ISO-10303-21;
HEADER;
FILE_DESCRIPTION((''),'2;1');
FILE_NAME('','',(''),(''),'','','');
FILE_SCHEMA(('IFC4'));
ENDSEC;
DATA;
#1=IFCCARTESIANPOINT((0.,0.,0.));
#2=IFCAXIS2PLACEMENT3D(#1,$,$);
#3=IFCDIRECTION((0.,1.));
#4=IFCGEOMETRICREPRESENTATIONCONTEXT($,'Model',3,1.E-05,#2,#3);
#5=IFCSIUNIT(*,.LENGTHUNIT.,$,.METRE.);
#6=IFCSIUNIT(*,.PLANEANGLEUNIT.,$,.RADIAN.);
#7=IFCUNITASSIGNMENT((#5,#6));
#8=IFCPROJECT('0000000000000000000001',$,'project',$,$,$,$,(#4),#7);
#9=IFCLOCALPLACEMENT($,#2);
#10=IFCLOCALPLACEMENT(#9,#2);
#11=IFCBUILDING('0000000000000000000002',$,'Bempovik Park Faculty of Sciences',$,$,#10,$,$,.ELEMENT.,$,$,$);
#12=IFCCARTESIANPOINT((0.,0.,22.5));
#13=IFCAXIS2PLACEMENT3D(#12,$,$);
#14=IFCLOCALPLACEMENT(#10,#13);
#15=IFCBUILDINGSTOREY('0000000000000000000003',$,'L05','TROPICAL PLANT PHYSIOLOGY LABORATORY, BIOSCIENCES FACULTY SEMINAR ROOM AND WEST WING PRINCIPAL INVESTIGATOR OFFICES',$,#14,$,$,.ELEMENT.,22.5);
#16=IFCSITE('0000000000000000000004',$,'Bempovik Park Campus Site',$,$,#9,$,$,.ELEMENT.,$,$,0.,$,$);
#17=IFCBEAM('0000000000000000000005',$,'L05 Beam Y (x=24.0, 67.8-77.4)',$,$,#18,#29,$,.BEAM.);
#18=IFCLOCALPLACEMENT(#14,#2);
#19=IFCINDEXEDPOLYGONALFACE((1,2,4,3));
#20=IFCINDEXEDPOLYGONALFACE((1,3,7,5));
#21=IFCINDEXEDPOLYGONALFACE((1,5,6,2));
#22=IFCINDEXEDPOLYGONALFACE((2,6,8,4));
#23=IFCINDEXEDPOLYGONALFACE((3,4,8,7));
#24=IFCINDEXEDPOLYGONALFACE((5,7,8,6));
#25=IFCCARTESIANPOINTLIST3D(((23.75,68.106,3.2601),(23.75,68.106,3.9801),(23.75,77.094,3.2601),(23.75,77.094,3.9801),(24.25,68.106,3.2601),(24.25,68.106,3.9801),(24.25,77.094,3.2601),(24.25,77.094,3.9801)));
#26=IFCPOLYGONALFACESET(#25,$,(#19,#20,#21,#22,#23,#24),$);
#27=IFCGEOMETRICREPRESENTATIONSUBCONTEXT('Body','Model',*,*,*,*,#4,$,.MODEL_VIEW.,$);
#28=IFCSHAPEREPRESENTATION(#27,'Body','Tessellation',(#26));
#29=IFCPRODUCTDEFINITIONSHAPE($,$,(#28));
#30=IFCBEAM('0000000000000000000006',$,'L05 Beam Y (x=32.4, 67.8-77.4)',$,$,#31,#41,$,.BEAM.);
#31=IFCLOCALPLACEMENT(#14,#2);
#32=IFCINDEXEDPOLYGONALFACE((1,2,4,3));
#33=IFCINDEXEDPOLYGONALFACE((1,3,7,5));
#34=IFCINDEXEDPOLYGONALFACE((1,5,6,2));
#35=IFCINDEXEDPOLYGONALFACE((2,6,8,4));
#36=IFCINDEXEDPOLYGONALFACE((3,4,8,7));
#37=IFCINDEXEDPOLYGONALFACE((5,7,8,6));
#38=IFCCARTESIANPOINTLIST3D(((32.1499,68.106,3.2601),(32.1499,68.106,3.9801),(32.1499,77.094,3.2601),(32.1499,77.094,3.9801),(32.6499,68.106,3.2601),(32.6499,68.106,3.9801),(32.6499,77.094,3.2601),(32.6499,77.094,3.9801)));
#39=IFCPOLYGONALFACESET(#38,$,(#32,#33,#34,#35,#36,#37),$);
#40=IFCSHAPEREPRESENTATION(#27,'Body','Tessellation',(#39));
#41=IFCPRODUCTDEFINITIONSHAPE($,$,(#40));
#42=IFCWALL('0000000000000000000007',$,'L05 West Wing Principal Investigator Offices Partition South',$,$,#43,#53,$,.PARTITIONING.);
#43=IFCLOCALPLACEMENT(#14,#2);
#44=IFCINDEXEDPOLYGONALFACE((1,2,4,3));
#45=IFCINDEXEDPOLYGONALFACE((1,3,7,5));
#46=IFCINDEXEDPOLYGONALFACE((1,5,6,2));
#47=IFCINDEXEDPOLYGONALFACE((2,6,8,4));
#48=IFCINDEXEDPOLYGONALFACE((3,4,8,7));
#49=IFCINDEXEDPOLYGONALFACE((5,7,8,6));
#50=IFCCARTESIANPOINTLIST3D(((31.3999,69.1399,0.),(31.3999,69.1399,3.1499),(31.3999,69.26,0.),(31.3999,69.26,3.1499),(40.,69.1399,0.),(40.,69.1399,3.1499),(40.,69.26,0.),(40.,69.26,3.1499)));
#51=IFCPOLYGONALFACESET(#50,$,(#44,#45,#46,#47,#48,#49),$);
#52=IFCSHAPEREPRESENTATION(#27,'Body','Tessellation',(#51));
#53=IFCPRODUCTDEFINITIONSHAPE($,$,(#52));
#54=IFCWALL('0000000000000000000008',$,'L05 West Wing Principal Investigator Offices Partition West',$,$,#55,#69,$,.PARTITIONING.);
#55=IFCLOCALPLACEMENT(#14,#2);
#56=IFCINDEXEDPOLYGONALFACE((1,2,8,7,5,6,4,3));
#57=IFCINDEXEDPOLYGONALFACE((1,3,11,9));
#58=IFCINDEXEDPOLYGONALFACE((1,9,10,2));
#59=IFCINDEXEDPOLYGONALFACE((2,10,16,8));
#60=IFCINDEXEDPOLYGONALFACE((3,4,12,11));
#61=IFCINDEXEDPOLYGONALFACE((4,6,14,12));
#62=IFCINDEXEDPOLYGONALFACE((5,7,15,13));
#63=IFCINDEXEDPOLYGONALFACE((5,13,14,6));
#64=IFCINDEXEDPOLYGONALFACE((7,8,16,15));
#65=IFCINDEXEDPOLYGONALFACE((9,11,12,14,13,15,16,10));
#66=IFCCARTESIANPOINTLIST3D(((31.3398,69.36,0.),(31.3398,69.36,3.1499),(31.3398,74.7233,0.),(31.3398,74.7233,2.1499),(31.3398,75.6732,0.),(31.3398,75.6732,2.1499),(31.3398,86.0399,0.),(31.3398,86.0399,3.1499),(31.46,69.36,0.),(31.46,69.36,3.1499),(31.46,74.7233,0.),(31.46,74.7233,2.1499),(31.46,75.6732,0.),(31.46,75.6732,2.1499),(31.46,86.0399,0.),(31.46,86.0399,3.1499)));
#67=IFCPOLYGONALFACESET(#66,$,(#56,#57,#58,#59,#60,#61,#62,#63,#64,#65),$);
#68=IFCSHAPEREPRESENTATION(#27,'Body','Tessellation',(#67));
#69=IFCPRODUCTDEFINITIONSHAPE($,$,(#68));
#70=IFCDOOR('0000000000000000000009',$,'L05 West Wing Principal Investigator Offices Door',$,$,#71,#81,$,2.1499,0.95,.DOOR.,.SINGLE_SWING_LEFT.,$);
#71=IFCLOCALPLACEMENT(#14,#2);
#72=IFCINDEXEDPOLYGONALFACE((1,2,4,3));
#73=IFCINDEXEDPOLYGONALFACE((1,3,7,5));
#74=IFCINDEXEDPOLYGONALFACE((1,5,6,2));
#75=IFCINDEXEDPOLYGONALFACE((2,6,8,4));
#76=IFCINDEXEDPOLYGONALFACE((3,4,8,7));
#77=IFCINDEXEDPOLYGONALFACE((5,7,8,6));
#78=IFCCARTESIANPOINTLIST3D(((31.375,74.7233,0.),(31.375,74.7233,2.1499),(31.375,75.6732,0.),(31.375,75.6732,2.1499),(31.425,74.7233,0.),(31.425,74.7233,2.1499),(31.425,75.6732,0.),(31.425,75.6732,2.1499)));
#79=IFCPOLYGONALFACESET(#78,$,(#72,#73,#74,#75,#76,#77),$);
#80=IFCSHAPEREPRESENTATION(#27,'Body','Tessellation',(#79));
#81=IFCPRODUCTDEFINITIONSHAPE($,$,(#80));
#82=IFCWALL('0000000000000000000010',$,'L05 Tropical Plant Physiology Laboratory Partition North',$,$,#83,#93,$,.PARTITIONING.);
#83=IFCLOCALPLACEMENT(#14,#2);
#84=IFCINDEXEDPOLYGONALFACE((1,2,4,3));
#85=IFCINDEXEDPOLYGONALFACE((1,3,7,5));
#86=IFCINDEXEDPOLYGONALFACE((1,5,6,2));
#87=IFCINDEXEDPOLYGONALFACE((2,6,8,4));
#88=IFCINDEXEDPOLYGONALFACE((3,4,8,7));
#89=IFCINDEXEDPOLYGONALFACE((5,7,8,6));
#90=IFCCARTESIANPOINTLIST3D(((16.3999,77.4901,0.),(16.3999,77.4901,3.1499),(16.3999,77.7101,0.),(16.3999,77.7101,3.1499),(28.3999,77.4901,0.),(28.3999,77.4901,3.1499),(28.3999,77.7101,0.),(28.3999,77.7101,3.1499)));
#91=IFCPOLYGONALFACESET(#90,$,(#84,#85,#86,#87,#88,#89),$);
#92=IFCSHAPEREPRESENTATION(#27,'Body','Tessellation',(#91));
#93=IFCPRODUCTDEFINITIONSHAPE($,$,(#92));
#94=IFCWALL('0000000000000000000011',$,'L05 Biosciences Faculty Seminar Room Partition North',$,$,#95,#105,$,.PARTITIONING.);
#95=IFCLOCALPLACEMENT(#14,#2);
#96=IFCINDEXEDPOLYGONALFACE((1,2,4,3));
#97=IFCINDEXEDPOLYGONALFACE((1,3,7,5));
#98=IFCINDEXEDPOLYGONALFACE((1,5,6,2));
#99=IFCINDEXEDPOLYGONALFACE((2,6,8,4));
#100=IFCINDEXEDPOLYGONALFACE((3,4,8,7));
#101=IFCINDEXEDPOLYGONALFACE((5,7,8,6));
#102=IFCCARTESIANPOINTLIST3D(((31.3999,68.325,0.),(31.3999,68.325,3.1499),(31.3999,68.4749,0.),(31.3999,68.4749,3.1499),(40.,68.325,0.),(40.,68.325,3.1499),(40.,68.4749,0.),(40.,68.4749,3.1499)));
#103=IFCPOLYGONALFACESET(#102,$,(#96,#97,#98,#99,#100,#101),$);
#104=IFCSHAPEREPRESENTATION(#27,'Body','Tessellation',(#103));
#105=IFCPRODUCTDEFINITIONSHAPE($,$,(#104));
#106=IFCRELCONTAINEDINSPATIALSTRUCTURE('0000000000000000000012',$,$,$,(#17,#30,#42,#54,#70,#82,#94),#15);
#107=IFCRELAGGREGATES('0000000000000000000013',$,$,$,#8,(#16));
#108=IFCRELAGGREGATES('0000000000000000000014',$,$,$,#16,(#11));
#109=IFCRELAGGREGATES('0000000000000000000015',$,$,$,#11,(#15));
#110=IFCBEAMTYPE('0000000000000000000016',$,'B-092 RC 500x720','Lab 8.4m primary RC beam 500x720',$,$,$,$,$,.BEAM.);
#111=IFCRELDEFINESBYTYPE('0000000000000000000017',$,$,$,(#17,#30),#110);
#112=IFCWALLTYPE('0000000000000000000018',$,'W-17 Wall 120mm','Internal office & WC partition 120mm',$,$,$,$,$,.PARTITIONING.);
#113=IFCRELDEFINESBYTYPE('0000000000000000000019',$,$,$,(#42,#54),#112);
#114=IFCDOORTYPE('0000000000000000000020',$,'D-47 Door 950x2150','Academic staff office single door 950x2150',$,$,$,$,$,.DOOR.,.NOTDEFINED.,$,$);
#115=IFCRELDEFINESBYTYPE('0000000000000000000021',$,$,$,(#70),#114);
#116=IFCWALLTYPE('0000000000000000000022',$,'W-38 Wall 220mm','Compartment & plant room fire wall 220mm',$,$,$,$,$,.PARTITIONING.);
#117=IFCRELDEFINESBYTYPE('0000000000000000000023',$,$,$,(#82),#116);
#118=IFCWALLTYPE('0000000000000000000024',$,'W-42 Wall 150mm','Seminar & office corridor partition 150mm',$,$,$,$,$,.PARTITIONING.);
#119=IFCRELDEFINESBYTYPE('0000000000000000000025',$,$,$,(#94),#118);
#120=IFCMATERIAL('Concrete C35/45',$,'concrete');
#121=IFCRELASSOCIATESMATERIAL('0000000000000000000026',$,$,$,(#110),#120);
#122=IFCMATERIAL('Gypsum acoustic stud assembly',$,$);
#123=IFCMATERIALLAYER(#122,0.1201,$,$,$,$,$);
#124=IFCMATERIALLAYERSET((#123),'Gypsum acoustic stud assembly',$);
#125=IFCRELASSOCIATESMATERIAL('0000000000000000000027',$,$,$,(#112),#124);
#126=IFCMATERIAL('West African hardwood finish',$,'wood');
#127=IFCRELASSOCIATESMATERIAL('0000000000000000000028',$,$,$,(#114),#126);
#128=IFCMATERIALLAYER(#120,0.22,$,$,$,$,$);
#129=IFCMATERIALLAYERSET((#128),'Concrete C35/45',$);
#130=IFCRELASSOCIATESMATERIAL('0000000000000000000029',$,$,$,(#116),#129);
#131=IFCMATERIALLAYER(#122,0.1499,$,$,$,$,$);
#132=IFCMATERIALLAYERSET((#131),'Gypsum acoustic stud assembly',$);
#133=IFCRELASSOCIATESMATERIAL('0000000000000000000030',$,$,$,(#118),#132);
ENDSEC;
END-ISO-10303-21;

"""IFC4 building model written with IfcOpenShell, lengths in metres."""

from ifc_helpers import new_model, si_unit, direction, frame, frame_2d, origin, origin_2d, place, context, subcontext, project, spatial, rectangle, extrude, material, layer, layer_set, material_profile, profile_set, type_object, element, fill, save


model = new_model("IFC4")

# Units and contexts
model_context = context("Model", 3, precision=1e-05, world=origin(), true_north=direction((0.0, 1.0)))
body_context = subcontext(model_context, "Body", "Model", "MODEL_VIEW")
ifc_project = project(units=[si_unit("LENGTHUNIT", "METRE"), si_unit("PLANEANGLEUNIT", "RADIAN")], contexts=[model_context])

# Site, building, storey
site_placement = place(None, origin())
site = spatial("IfcSite", under=ifc_project, at=site_placement, Name="Bempovik Park Campus Site", CompositionType="ELEMENT", RefElevation=0.0)
building_placement = place(site_placement, origin())
building = spatial("IfcBuilding", under=site, at=building_placement, Name="Bempovik Park Faculty of Sciences", CompositionType="ELEMENT")
storey_placement = place(building_placement, frame((0.0, 0.0, 22.5)))
storey = spatial("IfcBuildingStorey", under=building, at=storey_placement, Name="L05", Description="TROPICAL PLANT PHYSIOLOGY LABORATORY, BIOSCIENCES FACULTY SEMINAR ROOM AND WEST WING PRINCIPAL INVESTIGATOR OFFICES", CompositionType="ELEMENT", Elevation=22.5)

# Beams
ifc_material_1 = material(Name="Concrete C35/45", Category="concrete")
ifc_material_profile_1 = material_profile(ifc_material_1, rectangle(XDim=0.5, YDim=0.72, at=origin_2d()), Name="RC 500x720")
ifc_profile_set_1 = profile_set([ifc_material_profile_1], Name="Concrete C35/45")
beam_type_1 = type_object("IfcBeamType", Name="B-092 RC 500x720", Description="Lab 8.4m primary RC beam 500x720", PredefinedType="BEAM", material=ifc_profile_set_1)
for number, where, z_axis, x_axis, name in (
    (1, (24.0, 68.106, 3.6201), (0.0, 1.0, 0.0), (-1.0, 0.0, 0.0), "L05 Beam Y (x=24.0, 67.8-77.4)"),
    (2, (32.3999, 68.106, 3.6201), (0.0, 1.0, 0.0), (-1.0, 0.0, 0.0), "L05 Beam Y (x=32.4, 67.8-77.4)"),
):
    element("IfcBeam", number, at=place(storey_placement, frame(where, z_axis=z_axis, x_axis=x_axis)), inside=storey, type_object=beam_type_1, Name=name, PredefinedType="BEAM", context=body_context, shape_type="SweptSolid", body=[
        extrude(rectangle(XDim=0.5, YDim=0.72, at=origin_2d()), origin(), (0.0, 0.0, 1.0), 8.988),
    ])

# Wall
ifc_material_2 = material(Name="Gypsum acoustic stud assembly")
ifc_layer_1 = layer(ifc_material_2, 0.1201)
ifc_layer_set_1 = layer_set([ifc_layer_1], Name="Gypsum acoustic stud assembly")
wall_type_1 = type_object("IfcWallType", Name="W-17 Wall 120mm", Description="Internal office & WC partition 120mm", PredefinedType="PARTITIONING", material=ifc_layer_set_1)
wall_1_placement = place(storey_placement, frame((31.3999, 69.2, 0.0), z_axis=(0.0, 0.0, 1.0), x_axis=(1.0, 0.0, 0.0)))
element("IfcWall", 3, at=wall_1_placement, inside=storey, type_object=wall_type_1, Name="L05 West Wing Principal Investigator Offices Partition South", PredefinedType="PARTITIONING", context=body_context, shape_type="SweptSolid", body=[
    extrude(rectangle(XDim=8.6001, YDim=0.1201, at=frame_2d((4.3, 0.0))), origin(), (0.0, 0.0, 1.0), 3.1499),
])

# Wall, opening, door
wall_2_placement = place(storey_placement, frame((31.3999, 69.3601, 0.0), z_axis=(0.0, 0.0, 1.0), x_axis=(0.0, 1.0, 0.0)))
wall_2 = element("IfcWall", 4, at=wall_2_placement, inside=storey, type_object=wall_type_1, Name="L05 West Wing Principal Investigator Offices Partition West", PredefinedType="PARTITIONING", context=body_context, shape_type="SweptSolid", body=[
    extrude(rectangle(XDim=16.6799, YDim=0.1201, at=frame_2d((8.3398, 0.0))), origin(), (0.0, 0.0, 1.0), 3.1499),
])
opening_placement = place(wall_2_placement, frame((5.363, 0.0, 0.0)))
opening = element("IfcOpeningElement", 5, at=opening_placement, cuts=wall_2, PredefinedType="OPENING", context=body_context, shape_type="SweptSolid", body=[
    extrude(rectangle(XDim=0.95, YDim=2.1499, at=frame_2d((0.4751, 1.075))), frame((0.0, 0.0701, 0.0), z_axis=(0.0, -1.0, 0.0), x_axis=(1.0, 0.0, 0.0)), (0.0, 0.0, 1.0), 0.1401),
])
ifc_material_3 = material(Name="West African hardwood finish", Category="wood")
door_type = type_object("IfcDoorType", Name="D-47 Door 950x2150", Description="Academic staff office single door 950x2150", OperationType="NOTDEFINED", PredefinedType="DOOR", material=ifc_material_3)
door_placement = place(opening_placement, origin())
door = element("IfcDoor", 6, at=door_placement, inside=storey, type_object=door_type, Name="L05 West Wing Principal Investigator Offices Door", OperationType="SINGLE_SWING_LEFT", OverallHeight=2.1499, OverallWidth=0.95, PredefinedType="DOOR", context=body_context, shape_type="SweptSolid", body=[
    extrude(rectangle(XDim=0.95, YDim=2.1499, at=frame_2d((0.4751, 1.075))), frame((0.0, 0.0249, 0.0), z_axis=(0.0, -1.0, 0.0), x_axis=(1.0, 0.0, 0.0)), (0.0, 0.0, 1.0), 0.05),
])
fill(opening, door)

# Walls
ifc_layer_2 = layer(ifc_material_1, 0.22)
ifc_layer_set_2 = layer_set([ifc_layer_2], Name="Concrete C35/45")
wall_type_2 = type_object("IfcWallType", Name="W-38 Wall 220mm", Description="Compartment & plant room fire wall 220mm", PredefinedType="PARTITIONING", material=ifc_layer_set_2)
wall_3_placement = place(storey_placement, frame((16.3999, 77.6001, 0.0), z_axis=(0.0, 0.0, 1.0), x_axis=(1.0, 0.0, 0.0)))
element("IfcWall", 7, at=wall_3_placement, inside=storey, type_object=wall_type_2, Name="L05 Tropical Plant Physiology Laboratory Partition North", PredefinedType="PARTITIONING", context=body_context, shape_type="SweptSolid", body=[
    extrude(rectangle(XDim=12.0, YDim=0.22, at=frame_2d((6.0, 0.0))), origin(), (0.0, 0.0, 1.0), 3.1499),
])
ifc_layer_3 = layer(ifc_material_2, 0.1499)
ifc_layer_set_3 = layer_set([ifc_layer_3], Name="Gypsum acoustic stud assembly")
wall_type_3 = type_object("IfcWallType", Name="W-42 Wall 150mm", Description="Seminar & office corridor partition 150mm", PredefinedType="PARTITIONING", material=ifc_layer_set_3)
wall_4_placement = place(storey_placement, frame((31.3999, 68.3999, 0.0), z_axis=(0.0, 0.0, 1.0), x_axis=(1.0, 0.0, 0.0)))
element("IfcWall", 8, at=wall_4_placement, inside=storey, type_object=wall_type_3, Name="L05 Biosciences Faculty Seminar Room Partition North", PredefinedType="PARTITIONING", context=body_context, shape_type="SweptSolid", body=[
    extrude(rectangle(XDim=8.6001, YDim=0.1499, at=frame_2d((4.3, 0.0))), origin(), (0.0, 0.0, 1.0), 3.1499),
])

save(model, "model.ifc")
